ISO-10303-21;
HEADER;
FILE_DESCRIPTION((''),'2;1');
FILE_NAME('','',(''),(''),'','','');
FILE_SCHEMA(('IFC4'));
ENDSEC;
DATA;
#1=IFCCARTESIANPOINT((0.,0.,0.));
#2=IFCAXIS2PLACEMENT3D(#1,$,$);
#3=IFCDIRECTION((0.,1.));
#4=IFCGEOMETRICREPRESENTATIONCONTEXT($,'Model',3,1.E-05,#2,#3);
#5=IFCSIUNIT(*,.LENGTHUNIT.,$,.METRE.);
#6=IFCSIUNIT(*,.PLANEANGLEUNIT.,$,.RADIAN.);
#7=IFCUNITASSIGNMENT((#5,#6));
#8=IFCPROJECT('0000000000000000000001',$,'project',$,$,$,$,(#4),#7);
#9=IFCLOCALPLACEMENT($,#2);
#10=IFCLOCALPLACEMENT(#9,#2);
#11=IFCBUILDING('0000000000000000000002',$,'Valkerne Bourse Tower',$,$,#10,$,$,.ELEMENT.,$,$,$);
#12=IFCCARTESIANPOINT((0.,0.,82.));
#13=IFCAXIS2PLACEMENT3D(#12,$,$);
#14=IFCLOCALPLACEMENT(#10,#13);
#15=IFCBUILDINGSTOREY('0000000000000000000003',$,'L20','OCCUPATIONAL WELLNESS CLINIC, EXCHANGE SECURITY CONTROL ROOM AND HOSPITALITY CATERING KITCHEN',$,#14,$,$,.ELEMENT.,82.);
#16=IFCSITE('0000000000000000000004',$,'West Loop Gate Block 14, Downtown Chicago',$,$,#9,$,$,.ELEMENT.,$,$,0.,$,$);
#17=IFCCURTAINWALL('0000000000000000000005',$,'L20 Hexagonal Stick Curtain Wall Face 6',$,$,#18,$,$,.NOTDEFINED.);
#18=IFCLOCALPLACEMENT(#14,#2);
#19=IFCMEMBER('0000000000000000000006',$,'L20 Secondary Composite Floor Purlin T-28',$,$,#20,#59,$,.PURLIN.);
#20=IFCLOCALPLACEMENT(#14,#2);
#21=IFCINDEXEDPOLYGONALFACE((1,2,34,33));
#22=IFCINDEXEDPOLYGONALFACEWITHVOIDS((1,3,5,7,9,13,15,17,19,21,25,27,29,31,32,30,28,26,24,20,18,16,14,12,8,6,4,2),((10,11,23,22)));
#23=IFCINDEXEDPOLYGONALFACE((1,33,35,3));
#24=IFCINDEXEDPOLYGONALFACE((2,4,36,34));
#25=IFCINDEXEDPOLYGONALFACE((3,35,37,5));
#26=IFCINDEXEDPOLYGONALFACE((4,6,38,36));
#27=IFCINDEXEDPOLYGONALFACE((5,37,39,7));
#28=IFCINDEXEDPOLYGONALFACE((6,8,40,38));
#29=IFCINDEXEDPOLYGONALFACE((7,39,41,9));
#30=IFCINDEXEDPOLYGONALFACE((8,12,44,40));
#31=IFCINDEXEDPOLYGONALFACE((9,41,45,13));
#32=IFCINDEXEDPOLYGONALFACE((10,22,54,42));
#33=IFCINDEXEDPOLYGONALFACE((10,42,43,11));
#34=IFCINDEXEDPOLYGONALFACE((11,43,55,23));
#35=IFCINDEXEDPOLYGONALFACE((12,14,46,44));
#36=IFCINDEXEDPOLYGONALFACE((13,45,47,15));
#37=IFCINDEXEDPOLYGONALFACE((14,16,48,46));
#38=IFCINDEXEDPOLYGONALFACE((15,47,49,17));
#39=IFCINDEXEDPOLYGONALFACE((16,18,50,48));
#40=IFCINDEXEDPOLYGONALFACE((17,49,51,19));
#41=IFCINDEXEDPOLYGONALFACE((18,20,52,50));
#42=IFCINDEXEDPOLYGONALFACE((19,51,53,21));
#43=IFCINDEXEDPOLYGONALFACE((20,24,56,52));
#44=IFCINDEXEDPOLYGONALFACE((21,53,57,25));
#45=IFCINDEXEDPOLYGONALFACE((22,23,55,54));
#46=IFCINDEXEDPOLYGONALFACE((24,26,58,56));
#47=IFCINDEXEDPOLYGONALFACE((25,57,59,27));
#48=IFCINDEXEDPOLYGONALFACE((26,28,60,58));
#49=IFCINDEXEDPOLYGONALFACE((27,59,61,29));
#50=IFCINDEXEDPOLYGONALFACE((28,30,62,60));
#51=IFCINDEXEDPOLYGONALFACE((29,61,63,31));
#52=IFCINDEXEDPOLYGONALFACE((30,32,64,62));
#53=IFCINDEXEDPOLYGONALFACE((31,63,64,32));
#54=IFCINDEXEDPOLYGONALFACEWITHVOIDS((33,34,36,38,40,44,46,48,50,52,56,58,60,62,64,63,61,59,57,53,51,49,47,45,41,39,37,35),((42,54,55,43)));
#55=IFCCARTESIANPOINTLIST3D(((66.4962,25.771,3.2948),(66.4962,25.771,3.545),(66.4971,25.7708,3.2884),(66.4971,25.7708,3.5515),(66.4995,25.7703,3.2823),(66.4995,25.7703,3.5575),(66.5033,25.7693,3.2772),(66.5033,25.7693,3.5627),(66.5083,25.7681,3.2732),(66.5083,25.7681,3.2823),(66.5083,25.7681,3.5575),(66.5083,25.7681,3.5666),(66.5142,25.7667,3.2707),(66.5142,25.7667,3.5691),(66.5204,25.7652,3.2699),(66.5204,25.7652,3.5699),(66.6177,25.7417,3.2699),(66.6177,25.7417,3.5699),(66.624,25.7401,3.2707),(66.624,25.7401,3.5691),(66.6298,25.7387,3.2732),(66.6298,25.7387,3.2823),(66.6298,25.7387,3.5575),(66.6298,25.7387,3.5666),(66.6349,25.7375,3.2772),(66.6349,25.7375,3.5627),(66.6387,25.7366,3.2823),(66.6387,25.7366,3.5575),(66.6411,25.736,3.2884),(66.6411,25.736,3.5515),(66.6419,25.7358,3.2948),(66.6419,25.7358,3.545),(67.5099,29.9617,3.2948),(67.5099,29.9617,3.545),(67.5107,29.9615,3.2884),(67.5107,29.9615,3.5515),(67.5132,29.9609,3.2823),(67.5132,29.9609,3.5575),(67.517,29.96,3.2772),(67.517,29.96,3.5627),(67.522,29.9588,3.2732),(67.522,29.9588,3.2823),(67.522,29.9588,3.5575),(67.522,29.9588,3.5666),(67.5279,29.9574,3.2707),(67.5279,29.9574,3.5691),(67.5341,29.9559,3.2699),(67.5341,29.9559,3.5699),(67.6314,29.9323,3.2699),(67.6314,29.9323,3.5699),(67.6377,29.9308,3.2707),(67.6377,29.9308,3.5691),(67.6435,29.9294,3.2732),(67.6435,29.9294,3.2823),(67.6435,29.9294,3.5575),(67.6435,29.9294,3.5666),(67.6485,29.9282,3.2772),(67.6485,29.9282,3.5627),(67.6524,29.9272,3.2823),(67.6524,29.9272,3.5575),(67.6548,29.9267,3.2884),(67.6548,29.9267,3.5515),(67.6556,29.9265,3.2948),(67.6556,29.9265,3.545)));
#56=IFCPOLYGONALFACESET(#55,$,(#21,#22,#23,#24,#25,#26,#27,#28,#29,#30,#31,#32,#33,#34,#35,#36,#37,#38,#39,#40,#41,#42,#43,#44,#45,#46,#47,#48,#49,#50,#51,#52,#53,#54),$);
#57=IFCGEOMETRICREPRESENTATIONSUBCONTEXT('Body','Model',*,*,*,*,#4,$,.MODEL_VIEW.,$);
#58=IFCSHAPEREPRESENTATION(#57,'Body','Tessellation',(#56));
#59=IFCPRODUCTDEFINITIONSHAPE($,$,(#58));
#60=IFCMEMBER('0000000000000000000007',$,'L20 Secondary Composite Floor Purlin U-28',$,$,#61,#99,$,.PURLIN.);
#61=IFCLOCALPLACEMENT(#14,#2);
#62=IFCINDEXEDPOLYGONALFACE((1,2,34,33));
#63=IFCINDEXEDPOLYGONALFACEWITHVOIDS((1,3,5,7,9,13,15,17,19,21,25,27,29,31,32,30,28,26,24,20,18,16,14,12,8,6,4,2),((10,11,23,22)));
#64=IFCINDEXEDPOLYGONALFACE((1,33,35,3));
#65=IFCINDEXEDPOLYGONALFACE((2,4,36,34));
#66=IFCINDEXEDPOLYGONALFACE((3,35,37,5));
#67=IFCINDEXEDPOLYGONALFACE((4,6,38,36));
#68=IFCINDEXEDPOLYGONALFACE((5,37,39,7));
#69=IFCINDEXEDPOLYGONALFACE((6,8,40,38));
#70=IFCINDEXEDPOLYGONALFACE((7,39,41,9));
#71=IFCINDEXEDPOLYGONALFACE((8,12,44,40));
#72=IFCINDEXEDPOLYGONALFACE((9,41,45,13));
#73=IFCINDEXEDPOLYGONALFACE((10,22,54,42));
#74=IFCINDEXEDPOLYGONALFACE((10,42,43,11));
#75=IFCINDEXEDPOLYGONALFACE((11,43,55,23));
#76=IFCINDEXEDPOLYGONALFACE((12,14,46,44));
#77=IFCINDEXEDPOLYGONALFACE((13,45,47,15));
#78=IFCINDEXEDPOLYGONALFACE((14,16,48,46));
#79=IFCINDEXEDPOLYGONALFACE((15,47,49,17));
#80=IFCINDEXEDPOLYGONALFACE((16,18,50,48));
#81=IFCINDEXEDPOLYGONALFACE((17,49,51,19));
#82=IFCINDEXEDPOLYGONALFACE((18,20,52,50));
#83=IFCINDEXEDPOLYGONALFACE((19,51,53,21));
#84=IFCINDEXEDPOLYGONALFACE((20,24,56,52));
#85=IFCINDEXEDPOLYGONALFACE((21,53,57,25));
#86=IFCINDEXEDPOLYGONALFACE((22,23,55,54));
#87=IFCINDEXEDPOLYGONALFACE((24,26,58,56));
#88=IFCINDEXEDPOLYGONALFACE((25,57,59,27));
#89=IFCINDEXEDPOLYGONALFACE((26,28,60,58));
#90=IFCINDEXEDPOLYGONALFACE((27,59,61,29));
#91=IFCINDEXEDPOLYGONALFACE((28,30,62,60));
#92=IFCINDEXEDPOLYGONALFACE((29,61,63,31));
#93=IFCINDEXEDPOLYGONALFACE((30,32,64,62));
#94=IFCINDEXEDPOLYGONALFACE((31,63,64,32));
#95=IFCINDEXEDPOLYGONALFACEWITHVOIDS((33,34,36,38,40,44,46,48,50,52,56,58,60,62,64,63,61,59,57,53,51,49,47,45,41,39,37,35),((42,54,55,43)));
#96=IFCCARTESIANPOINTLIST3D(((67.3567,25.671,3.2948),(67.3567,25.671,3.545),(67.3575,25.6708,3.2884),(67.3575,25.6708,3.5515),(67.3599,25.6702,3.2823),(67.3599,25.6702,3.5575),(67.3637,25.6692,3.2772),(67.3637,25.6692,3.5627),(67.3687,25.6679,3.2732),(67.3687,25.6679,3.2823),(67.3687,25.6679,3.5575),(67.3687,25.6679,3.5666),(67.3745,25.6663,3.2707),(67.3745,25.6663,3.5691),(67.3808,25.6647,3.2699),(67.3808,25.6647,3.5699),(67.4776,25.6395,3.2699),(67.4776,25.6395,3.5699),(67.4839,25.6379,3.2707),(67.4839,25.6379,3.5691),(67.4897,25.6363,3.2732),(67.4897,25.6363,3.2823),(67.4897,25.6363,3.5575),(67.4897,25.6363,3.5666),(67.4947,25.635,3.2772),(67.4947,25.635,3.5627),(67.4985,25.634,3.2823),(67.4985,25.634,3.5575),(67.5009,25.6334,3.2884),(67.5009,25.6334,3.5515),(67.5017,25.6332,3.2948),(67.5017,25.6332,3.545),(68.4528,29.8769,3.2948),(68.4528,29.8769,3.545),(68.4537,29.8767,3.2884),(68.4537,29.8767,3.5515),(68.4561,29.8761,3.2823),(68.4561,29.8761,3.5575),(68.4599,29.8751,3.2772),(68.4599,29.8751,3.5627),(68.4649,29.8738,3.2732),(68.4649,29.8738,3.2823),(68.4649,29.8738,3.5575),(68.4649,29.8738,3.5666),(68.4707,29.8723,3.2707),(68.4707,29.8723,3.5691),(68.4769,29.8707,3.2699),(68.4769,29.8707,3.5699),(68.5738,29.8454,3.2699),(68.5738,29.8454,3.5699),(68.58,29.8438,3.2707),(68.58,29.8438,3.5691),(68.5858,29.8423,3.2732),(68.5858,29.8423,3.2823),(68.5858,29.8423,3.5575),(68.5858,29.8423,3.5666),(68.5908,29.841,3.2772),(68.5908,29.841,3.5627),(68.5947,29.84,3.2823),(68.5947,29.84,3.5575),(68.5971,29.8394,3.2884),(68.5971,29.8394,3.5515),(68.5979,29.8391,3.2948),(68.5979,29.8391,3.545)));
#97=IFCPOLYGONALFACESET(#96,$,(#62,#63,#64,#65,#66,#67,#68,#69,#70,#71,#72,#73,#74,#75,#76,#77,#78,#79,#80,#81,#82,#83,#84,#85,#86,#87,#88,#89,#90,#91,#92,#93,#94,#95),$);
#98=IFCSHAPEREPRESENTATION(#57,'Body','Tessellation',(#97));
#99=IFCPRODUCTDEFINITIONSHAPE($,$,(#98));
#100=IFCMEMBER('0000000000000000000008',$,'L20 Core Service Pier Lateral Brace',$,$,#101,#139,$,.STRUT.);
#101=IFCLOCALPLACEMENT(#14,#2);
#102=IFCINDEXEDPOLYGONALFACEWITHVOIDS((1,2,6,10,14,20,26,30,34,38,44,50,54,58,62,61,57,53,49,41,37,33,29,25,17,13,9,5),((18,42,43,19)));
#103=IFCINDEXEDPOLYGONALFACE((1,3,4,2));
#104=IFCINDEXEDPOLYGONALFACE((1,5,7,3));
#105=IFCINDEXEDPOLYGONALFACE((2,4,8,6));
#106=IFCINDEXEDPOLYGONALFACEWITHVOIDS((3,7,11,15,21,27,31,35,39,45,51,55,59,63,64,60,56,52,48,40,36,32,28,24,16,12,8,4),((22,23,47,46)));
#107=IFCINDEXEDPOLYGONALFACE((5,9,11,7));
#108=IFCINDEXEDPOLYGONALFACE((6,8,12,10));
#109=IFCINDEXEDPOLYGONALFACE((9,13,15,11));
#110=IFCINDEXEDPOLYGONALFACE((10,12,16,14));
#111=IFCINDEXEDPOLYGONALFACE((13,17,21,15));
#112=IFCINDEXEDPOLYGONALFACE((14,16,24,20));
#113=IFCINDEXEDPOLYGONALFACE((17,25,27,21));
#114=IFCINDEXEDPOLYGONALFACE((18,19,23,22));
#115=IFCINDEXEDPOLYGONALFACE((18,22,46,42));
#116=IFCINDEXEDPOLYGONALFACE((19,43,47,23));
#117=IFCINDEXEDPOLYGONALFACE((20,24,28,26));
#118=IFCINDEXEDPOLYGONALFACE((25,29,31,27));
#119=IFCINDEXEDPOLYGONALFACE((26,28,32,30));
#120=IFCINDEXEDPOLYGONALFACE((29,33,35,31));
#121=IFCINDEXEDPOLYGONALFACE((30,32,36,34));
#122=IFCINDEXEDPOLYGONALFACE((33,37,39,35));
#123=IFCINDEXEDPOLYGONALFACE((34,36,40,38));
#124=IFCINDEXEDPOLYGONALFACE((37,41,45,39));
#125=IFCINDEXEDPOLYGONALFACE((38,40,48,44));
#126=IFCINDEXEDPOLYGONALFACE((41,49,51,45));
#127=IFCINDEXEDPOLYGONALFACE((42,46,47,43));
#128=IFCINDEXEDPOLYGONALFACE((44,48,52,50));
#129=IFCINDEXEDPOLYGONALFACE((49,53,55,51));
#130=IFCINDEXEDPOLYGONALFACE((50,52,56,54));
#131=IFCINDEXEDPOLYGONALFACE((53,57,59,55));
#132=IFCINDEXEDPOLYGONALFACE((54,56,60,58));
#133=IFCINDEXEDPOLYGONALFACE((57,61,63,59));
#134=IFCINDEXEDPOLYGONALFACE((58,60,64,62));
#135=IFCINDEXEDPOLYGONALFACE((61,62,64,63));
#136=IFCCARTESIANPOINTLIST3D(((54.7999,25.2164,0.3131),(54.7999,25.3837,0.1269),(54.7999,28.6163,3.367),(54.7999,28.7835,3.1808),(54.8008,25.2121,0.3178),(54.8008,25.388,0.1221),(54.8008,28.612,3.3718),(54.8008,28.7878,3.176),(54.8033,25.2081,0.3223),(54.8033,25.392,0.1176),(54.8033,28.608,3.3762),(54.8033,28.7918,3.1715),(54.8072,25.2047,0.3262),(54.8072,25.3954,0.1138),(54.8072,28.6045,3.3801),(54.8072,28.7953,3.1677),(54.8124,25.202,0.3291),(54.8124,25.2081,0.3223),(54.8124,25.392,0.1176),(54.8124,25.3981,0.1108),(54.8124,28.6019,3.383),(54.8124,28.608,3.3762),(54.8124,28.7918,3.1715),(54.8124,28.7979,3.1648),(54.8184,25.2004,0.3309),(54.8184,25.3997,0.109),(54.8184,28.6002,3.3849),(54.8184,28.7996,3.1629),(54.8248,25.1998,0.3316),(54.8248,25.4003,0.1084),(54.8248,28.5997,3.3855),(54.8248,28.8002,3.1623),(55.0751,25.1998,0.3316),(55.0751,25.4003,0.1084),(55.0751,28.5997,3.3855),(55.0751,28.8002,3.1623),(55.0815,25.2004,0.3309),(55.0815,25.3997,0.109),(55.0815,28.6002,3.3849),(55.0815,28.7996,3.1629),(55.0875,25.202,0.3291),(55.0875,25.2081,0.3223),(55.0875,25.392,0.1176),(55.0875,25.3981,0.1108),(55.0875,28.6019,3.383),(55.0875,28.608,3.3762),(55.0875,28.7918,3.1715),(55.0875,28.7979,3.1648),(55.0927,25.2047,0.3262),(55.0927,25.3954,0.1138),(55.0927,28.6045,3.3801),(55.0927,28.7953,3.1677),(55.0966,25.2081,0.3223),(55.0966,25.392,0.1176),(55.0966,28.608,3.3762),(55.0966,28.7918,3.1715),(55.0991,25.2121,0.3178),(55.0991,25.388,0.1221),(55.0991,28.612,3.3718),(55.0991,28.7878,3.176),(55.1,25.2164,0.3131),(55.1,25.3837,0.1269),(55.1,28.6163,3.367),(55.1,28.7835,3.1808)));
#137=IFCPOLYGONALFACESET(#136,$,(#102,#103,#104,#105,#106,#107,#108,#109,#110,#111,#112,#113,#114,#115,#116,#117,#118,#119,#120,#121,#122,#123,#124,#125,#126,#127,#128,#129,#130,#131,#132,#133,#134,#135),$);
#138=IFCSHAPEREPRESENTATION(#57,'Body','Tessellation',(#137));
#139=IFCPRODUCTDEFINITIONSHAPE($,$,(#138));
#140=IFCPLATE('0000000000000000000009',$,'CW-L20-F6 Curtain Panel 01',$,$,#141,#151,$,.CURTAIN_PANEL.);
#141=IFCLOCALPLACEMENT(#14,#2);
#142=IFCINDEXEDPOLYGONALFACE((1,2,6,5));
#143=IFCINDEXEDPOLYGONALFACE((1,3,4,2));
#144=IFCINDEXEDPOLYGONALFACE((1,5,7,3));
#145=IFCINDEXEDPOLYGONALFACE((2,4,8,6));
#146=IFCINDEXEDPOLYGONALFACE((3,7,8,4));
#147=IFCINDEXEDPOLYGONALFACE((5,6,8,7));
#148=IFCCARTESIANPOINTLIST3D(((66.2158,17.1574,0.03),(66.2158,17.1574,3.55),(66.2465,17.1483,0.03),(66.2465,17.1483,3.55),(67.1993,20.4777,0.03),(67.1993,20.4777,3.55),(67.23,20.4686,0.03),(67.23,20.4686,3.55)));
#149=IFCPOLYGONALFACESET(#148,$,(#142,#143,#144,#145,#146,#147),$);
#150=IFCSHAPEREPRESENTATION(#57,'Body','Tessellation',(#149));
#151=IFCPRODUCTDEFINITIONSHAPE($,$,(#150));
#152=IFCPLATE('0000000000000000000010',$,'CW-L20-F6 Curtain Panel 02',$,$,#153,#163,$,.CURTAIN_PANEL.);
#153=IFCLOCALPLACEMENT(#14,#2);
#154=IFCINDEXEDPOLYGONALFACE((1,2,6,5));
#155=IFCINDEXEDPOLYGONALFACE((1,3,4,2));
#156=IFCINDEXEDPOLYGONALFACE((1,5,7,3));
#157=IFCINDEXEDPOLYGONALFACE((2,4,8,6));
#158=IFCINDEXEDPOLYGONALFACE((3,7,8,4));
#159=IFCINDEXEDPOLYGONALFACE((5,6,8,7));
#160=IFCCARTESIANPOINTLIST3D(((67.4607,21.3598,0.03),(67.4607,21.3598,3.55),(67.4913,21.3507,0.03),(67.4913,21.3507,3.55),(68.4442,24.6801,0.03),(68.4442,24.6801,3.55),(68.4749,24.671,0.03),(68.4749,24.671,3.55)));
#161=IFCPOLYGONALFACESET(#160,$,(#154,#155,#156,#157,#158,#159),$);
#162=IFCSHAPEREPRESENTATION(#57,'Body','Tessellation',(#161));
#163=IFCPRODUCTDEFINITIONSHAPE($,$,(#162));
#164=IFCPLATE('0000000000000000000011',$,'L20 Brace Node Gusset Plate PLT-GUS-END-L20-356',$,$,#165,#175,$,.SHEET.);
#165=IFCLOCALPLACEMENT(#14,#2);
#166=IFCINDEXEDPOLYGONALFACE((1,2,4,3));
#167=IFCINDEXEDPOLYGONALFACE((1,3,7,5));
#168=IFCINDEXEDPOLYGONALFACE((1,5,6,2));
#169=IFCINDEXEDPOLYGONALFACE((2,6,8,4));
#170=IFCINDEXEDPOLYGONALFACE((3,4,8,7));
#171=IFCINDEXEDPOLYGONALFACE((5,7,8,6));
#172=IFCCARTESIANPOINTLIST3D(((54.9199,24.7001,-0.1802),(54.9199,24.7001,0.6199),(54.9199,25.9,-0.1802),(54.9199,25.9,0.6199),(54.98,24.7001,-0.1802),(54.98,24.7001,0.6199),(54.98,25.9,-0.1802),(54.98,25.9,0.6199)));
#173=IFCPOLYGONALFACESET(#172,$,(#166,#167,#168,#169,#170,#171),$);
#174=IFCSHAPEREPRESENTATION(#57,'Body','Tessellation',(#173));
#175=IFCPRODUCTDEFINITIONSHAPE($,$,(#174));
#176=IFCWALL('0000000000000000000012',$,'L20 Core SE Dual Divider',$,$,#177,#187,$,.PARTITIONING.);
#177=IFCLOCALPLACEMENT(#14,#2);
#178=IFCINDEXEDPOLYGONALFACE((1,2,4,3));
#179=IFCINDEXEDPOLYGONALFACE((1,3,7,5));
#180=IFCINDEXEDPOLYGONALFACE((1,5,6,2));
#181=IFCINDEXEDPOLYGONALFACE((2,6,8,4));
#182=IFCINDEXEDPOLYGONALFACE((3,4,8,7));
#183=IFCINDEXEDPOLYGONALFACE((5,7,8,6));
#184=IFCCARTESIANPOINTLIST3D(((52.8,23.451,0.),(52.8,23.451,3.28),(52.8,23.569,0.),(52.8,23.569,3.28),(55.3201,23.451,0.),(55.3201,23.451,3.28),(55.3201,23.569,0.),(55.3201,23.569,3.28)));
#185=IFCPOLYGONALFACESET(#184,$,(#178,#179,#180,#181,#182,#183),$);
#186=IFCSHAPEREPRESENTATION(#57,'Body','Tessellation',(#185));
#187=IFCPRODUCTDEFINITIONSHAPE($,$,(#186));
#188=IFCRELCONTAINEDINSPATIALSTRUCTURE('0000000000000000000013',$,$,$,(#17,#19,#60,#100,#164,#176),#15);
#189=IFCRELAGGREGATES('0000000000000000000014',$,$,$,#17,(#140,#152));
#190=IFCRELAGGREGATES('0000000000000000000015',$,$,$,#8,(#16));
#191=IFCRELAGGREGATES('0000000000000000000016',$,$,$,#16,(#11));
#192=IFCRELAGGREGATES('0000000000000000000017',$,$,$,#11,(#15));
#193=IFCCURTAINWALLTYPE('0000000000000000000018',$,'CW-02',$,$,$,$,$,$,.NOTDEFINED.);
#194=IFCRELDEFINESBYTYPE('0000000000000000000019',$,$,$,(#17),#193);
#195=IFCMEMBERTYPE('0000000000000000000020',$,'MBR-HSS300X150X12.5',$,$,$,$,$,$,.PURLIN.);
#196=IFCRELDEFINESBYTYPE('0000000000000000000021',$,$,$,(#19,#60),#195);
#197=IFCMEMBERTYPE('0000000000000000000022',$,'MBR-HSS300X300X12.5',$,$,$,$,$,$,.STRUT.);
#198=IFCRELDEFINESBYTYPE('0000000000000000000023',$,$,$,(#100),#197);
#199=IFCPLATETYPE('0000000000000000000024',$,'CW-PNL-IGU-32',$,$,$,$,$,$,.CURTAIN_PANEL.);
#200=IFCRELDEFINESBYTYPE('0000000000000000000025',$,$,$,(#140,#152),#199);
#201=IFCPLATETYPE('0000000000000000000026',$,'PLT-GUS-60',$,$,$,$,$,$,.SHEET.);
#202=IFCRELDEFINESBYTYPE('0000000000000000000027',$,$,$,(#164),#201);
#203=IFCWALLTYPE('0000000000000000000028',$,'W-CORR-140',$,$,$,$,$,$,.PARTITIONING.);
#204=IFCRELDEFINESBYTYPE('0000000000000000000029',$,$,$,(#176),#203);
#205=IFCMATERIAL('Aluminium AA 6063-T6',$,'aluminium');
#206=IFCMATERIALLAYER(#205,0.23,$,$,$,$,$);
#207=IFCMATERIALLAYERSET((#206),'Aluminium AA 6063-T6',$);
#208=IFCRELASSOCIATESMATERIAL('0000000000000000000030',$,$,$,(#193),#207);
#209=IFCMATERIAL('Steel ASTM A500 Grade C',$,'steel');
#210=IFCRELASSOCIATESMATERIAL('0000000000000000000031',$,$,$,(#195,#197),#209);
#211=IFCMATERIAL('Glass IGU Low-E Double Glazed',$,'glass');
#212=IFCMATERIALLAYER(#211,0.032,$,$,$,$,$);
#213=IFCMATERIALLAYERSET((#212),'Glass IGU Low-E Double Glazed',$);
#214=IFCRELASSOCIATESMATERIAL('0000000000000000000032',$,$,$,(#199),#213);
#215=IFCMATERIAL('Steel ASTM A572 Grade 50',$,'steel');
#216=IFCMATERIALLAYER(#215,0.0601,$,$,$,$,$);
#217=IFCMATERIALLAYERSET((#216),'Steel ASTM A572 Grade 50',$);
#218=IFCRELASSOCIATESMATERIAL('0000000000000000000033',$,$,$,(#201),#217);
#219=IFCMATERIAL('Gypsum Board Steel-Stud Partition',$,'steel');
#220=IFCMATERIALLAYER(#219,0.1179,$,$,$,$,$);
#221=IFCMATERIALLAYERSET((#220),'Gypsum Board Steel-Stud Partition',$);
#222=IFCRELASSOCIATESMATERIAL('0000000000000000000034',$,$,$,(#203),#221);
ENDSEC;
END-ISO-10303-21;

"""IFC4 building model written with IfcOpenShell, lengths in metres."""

from ifc_helpers import new_model, si_unit, direction, frame, frame_2d, origin, origin_2d, place, context, subcontext, project, spatial, rectangle, hollow_rectangle, extrude, material, layer, layer_set, material_profile, profile_set, type_object, element, aggregate, save


model = new_model("IFC4")

# Units and contexts
model_context = context("Model", 3, precision=1e-05, world=origin(), true_north=direction((0.0, 1.0)))
body_context = subcontext(model_context, "Body", "Model", "MODEL_VIEW")
ifc_project = project(units=[si_unit("LENGTHUNIT", "METRE"), si_unit("PLANEANGLEUNIT", "RADIAN")], contexts=[model_context])

# Site, building, storey
site_placement = place(None, origin())
site = spatial("IfcSite", under=ifc_project, at=site_placement, Name="West Loop Gate Block 14, Downtown Chicago", CompositionType="ELEMENT", RefElevation=0.0)
building_placement = place(site_placement, origin())
building = spatial("IfcBuilding", under=site, at=building_placement, Name="Valkerne Bourse Tower", CompositionType="ELEMENT")
storey_placement = place(building_placement, frame((0.0, 0.0, 82.0)))
storey = spatial("IfcBuildingStorey", under=building, at=storey_placement, Name="L20", Description="OCCUPATIONAL WELLNESS CLINIC, EXCHANGE SECURITY CONTROL ROOM AND HOSPITALITY CATERING KITCHEN", CompositionType="ELEMENT", Elevation=82.0)

# Curtain wall
ifc_material_1 = material(Name="Aluminium AA 6063-T6", Category="aluminium")
ifc_layer_1 = layer(ifc_material_1, 0.23)
ifc_layer_set_1 = layer_set([ifc_layer_1], Name="Aluminium AA 6063-T6")
curtain_wall_type = type_object("IfcCurtainWallType", Name="CW-02", PredefinedType="NOTDEFINED", material=ifc_layer_set_1)
curtain_wall_placement = place(storey_placement, origin())
curtain_wall = element("IfcCurtainWall", 1, at=curtain_wall_placement, inside=storey, type_object=curtain_wall_type, Name="L20 Hexagonal Stick Curtain Wall Face 6", PredefinedType="NOTDEFINED")

# Members
ifc_material_2 = material(Name="Steel ASTM A500 Grade C", Category="steel")
ifc_material_profile_1 = material_profile(ifc_material_2, hollow_rectangle(XDim=0.1499, YDim=0.3, WallThickness=0.0125, OuterFilletRadius=0.0249, at=origin_2d()), Name="HSS300X150X12.5")
ifc_profile_set_1 = profile_set([ifc_material_profile_1], Name="Steel ASTM A500 Grade C")
member_type_1 = type_object("IfcMemberType", Name="MBR-HSS300X150X12.5", PredefinedType="PURLIN", material=ifc_profile_set_1)
member_1_placement = place(storey_placement, frame((66.5691, 25.7534, 3.4199), z_axis=(0.235107, 0.971969, 0.0), x_axis=(-0.971969, 0.235107, 0.0)))
element("IfcMember", 2, at=member_1_placement, inside=storey, type_object=member_type_1, Name="L20 Secondary Composite Floor Purlin T-28", PredefinedType="PURLIN", context=body_context, shape_type="SweptSolid", body=[
    extrude(hollow_rectangle(XDim=0.1499, YDim=0.3, WallThickness=0.0125, OuterFilletRadius=0.0249, at=origin_2d()), origin(), (0.0, 0.0, 1.0), 4.3115),
])
member_2_placement = place(storey_placement, frame((67.4292, 25.6521, 3.4199), z_axis=(0.252198, 0.967676, 0.0), x_axis=(-0.967676, 0.252198, 0.0)))
element("IfcMember", 3, at=member_2_placement, inside=storey, type_object=member_type_1, Name="L20 Secondary Composite Floor Purlin U-28", PredefinedType="PURLIN", context=body_context, shape_type="SweptSolid", body=[
    extrude(hollow_rectangle(XDim=0.1499, YDim=0.3, WallThickness=0.0125, OuterFilletRadius=0.0249, at=origin_2d()), origin(), (0.0, 0.0, 1.0), 4.3464),
])
ifc_material_profile_2 = material_profile(ifc_material_2, hollow_rectangle(XDim=0.3, YDim=0.3, WallThickness=0.0125, OuterFilletRadius=0.0249, at=origin_2d()), Name="HSS300X300X12.5")
ifc_profile_set_2 = profile_set([ifc_material_profile_2], Name="Steel ASTM A500 Grade C")
member_type_2 = type_object("IfcMemberType", Name="MBR-HSS300X300X12.5", PredefinedType="STRUT", material=ifc_profile_set_2)
member_3_placement = place(storey_placement, frame((54.95, 25.3, 0.22), z_axis=(0.0, 0.743942, 0.668244), x_axis=(-1.0, 0.0, 0.0)))
element("IfcMember", 4, at=member_3_placement, inside=storey, type_object=member_type_2, Name="L20 Core Service Pier Lateral Brace", PredefinedType="STRUT", context=body_context, shape_type="SweptSolid", body=[
    extrude(hollow_rectangle(XDim=0.3, YDim=0.3, WallThickness=0.0125, OuterFilletRadius=0.0249, at=origin_2d()), origin(), (0.0, 0.0, 1.0), 4.5701),
])

# Plates
ifc_material_3 = material(Name="Glass IGU Low-E Double Glazed", Category="glass")
ifc_layer_2 = layer(ifc_material_3, 0.032)
ifc_layer_set_2 = layer_set([ifc_layer_2], Name="Glass IGU Low-E Double Glazed")
plate_type_1 = type_object("IfcPlateType", Name="CW-PNL-IGU-32", PredefinedType="CURTAIN_PANEL", material=ifc_layer_set_2)
plate_1_placement = place(storey_placement, frame((66.7229, 18.813, 0.03), z_axis=(0.0, 0.0, 1.0), x_axis=(0.284008, 0.958822, 0.0)))
plate_1 = element("IfcPlate", 5, at=plate_1_placement, type_object=plate_type_1, Name="CW-L20-F6 Curtain Panel 01", PredefinedType="CURTAIN_PANEL", context=body_context, shape_type="SweptSolid", body=[
    extrude(rectangle(XDim=3.4629, YDim=0.032, at=origin_2d()), origin(), (0.0, 0.0, 1.0), 3.52),
])
plate_2_placement = place(storey_placement, frame((67.9678, 23.0154, 0.03), z_axis=(0.0, 0.0, 1.0), x_axis=(0.284029, 0.958816, 0.0)))
plate_2 = element("IfcPlate", 6, at=plate_2_placement, type_object=plate_type_1, Name="CW-L20-F6 Curtain Panel 02", PredefinedType="CURTAIN_PANEL", context=body_context, shape_type="SweptSolid", body=[
    extrude(rectangle(XDim=3.4629, YDim=0.032, at=origin_2d()), origin(), (0.0, 0.0, 1.0), 3.52),
])
aggregate(curtain_wall, [plate_1, plate_2])
ifc_material_4 = material(Name="Steel ASTM A572 Grade 50", Category="steel")
ifc_layer_3 = layer(ifc_material_4, 0.0601)
ifc_layer_set_3 = layer_set([ifc_layer_3], Name="Steel ASTM A572 Grade 50")
plate_type_2 = type_object("IfcPlateType", Name="PLT-GUS-60", PredefinedType="SHEET", material=ifc_layer_set_3)
plate_3_placement = place(storey_placement, frame((54.95, 25.3, -0.1802), z_axis=(0.0, 0.0, 1.0), x_axis=(0.0, 1.0, 0.0)))
element("IfcPlate", 7, at=plate_3_placement, inside=storey, type_object=plate_type_2, Name="L20 Brace Node Gusset Plate PLT-GUS-END-L20-356", PredefinedType="SHEET", context=body_context, shape_type="SweptSolid", body=[
    extrude(rectangle(XDim=1.2, YDim=0.0601, at=origin_2d()), origin(), (0.0, 0.0, 1.0), 0.8),
])

# Wall
ifc_material_5 = material(Name="Gypsum Board Steel-Stud Partition", Category="steel")
ifc_layer_4 = layer(ifc_material_5, 0.1179)
ifc_layer_set_4 = layer_set([ifc_layer_4], Name="Gypsum Board Steel-Stud Partition")
wall_type_1 = type_object("IfcWallType", Name="W-CORR-140", PredefinedType="PARTITIONING", material=ifc_layer_set_4)
wall_1_placement = place(storey_placement, frame((52.8, 23.51, 0.0), z_axis=(0.0, 0.0, 1.0), x_axis=(1.0, 0.0, 0.0)))
element("IfcWall", 8, at=wall_1_placement, inside=storey, type_object=wall_type_1, Name="L20 Core SE Dual Divider", PredefinedType="PARTITIONING", context=body_context, shape_type="SweptSolid", body=[
    extrude(rectangle(XDim=2.52, YDim=0.1179, at=frame_2d((1.26, 0.0))), origin(), (0.0, 0.0, 1.0), 3.28),
])

save(model, "model.ifc")
